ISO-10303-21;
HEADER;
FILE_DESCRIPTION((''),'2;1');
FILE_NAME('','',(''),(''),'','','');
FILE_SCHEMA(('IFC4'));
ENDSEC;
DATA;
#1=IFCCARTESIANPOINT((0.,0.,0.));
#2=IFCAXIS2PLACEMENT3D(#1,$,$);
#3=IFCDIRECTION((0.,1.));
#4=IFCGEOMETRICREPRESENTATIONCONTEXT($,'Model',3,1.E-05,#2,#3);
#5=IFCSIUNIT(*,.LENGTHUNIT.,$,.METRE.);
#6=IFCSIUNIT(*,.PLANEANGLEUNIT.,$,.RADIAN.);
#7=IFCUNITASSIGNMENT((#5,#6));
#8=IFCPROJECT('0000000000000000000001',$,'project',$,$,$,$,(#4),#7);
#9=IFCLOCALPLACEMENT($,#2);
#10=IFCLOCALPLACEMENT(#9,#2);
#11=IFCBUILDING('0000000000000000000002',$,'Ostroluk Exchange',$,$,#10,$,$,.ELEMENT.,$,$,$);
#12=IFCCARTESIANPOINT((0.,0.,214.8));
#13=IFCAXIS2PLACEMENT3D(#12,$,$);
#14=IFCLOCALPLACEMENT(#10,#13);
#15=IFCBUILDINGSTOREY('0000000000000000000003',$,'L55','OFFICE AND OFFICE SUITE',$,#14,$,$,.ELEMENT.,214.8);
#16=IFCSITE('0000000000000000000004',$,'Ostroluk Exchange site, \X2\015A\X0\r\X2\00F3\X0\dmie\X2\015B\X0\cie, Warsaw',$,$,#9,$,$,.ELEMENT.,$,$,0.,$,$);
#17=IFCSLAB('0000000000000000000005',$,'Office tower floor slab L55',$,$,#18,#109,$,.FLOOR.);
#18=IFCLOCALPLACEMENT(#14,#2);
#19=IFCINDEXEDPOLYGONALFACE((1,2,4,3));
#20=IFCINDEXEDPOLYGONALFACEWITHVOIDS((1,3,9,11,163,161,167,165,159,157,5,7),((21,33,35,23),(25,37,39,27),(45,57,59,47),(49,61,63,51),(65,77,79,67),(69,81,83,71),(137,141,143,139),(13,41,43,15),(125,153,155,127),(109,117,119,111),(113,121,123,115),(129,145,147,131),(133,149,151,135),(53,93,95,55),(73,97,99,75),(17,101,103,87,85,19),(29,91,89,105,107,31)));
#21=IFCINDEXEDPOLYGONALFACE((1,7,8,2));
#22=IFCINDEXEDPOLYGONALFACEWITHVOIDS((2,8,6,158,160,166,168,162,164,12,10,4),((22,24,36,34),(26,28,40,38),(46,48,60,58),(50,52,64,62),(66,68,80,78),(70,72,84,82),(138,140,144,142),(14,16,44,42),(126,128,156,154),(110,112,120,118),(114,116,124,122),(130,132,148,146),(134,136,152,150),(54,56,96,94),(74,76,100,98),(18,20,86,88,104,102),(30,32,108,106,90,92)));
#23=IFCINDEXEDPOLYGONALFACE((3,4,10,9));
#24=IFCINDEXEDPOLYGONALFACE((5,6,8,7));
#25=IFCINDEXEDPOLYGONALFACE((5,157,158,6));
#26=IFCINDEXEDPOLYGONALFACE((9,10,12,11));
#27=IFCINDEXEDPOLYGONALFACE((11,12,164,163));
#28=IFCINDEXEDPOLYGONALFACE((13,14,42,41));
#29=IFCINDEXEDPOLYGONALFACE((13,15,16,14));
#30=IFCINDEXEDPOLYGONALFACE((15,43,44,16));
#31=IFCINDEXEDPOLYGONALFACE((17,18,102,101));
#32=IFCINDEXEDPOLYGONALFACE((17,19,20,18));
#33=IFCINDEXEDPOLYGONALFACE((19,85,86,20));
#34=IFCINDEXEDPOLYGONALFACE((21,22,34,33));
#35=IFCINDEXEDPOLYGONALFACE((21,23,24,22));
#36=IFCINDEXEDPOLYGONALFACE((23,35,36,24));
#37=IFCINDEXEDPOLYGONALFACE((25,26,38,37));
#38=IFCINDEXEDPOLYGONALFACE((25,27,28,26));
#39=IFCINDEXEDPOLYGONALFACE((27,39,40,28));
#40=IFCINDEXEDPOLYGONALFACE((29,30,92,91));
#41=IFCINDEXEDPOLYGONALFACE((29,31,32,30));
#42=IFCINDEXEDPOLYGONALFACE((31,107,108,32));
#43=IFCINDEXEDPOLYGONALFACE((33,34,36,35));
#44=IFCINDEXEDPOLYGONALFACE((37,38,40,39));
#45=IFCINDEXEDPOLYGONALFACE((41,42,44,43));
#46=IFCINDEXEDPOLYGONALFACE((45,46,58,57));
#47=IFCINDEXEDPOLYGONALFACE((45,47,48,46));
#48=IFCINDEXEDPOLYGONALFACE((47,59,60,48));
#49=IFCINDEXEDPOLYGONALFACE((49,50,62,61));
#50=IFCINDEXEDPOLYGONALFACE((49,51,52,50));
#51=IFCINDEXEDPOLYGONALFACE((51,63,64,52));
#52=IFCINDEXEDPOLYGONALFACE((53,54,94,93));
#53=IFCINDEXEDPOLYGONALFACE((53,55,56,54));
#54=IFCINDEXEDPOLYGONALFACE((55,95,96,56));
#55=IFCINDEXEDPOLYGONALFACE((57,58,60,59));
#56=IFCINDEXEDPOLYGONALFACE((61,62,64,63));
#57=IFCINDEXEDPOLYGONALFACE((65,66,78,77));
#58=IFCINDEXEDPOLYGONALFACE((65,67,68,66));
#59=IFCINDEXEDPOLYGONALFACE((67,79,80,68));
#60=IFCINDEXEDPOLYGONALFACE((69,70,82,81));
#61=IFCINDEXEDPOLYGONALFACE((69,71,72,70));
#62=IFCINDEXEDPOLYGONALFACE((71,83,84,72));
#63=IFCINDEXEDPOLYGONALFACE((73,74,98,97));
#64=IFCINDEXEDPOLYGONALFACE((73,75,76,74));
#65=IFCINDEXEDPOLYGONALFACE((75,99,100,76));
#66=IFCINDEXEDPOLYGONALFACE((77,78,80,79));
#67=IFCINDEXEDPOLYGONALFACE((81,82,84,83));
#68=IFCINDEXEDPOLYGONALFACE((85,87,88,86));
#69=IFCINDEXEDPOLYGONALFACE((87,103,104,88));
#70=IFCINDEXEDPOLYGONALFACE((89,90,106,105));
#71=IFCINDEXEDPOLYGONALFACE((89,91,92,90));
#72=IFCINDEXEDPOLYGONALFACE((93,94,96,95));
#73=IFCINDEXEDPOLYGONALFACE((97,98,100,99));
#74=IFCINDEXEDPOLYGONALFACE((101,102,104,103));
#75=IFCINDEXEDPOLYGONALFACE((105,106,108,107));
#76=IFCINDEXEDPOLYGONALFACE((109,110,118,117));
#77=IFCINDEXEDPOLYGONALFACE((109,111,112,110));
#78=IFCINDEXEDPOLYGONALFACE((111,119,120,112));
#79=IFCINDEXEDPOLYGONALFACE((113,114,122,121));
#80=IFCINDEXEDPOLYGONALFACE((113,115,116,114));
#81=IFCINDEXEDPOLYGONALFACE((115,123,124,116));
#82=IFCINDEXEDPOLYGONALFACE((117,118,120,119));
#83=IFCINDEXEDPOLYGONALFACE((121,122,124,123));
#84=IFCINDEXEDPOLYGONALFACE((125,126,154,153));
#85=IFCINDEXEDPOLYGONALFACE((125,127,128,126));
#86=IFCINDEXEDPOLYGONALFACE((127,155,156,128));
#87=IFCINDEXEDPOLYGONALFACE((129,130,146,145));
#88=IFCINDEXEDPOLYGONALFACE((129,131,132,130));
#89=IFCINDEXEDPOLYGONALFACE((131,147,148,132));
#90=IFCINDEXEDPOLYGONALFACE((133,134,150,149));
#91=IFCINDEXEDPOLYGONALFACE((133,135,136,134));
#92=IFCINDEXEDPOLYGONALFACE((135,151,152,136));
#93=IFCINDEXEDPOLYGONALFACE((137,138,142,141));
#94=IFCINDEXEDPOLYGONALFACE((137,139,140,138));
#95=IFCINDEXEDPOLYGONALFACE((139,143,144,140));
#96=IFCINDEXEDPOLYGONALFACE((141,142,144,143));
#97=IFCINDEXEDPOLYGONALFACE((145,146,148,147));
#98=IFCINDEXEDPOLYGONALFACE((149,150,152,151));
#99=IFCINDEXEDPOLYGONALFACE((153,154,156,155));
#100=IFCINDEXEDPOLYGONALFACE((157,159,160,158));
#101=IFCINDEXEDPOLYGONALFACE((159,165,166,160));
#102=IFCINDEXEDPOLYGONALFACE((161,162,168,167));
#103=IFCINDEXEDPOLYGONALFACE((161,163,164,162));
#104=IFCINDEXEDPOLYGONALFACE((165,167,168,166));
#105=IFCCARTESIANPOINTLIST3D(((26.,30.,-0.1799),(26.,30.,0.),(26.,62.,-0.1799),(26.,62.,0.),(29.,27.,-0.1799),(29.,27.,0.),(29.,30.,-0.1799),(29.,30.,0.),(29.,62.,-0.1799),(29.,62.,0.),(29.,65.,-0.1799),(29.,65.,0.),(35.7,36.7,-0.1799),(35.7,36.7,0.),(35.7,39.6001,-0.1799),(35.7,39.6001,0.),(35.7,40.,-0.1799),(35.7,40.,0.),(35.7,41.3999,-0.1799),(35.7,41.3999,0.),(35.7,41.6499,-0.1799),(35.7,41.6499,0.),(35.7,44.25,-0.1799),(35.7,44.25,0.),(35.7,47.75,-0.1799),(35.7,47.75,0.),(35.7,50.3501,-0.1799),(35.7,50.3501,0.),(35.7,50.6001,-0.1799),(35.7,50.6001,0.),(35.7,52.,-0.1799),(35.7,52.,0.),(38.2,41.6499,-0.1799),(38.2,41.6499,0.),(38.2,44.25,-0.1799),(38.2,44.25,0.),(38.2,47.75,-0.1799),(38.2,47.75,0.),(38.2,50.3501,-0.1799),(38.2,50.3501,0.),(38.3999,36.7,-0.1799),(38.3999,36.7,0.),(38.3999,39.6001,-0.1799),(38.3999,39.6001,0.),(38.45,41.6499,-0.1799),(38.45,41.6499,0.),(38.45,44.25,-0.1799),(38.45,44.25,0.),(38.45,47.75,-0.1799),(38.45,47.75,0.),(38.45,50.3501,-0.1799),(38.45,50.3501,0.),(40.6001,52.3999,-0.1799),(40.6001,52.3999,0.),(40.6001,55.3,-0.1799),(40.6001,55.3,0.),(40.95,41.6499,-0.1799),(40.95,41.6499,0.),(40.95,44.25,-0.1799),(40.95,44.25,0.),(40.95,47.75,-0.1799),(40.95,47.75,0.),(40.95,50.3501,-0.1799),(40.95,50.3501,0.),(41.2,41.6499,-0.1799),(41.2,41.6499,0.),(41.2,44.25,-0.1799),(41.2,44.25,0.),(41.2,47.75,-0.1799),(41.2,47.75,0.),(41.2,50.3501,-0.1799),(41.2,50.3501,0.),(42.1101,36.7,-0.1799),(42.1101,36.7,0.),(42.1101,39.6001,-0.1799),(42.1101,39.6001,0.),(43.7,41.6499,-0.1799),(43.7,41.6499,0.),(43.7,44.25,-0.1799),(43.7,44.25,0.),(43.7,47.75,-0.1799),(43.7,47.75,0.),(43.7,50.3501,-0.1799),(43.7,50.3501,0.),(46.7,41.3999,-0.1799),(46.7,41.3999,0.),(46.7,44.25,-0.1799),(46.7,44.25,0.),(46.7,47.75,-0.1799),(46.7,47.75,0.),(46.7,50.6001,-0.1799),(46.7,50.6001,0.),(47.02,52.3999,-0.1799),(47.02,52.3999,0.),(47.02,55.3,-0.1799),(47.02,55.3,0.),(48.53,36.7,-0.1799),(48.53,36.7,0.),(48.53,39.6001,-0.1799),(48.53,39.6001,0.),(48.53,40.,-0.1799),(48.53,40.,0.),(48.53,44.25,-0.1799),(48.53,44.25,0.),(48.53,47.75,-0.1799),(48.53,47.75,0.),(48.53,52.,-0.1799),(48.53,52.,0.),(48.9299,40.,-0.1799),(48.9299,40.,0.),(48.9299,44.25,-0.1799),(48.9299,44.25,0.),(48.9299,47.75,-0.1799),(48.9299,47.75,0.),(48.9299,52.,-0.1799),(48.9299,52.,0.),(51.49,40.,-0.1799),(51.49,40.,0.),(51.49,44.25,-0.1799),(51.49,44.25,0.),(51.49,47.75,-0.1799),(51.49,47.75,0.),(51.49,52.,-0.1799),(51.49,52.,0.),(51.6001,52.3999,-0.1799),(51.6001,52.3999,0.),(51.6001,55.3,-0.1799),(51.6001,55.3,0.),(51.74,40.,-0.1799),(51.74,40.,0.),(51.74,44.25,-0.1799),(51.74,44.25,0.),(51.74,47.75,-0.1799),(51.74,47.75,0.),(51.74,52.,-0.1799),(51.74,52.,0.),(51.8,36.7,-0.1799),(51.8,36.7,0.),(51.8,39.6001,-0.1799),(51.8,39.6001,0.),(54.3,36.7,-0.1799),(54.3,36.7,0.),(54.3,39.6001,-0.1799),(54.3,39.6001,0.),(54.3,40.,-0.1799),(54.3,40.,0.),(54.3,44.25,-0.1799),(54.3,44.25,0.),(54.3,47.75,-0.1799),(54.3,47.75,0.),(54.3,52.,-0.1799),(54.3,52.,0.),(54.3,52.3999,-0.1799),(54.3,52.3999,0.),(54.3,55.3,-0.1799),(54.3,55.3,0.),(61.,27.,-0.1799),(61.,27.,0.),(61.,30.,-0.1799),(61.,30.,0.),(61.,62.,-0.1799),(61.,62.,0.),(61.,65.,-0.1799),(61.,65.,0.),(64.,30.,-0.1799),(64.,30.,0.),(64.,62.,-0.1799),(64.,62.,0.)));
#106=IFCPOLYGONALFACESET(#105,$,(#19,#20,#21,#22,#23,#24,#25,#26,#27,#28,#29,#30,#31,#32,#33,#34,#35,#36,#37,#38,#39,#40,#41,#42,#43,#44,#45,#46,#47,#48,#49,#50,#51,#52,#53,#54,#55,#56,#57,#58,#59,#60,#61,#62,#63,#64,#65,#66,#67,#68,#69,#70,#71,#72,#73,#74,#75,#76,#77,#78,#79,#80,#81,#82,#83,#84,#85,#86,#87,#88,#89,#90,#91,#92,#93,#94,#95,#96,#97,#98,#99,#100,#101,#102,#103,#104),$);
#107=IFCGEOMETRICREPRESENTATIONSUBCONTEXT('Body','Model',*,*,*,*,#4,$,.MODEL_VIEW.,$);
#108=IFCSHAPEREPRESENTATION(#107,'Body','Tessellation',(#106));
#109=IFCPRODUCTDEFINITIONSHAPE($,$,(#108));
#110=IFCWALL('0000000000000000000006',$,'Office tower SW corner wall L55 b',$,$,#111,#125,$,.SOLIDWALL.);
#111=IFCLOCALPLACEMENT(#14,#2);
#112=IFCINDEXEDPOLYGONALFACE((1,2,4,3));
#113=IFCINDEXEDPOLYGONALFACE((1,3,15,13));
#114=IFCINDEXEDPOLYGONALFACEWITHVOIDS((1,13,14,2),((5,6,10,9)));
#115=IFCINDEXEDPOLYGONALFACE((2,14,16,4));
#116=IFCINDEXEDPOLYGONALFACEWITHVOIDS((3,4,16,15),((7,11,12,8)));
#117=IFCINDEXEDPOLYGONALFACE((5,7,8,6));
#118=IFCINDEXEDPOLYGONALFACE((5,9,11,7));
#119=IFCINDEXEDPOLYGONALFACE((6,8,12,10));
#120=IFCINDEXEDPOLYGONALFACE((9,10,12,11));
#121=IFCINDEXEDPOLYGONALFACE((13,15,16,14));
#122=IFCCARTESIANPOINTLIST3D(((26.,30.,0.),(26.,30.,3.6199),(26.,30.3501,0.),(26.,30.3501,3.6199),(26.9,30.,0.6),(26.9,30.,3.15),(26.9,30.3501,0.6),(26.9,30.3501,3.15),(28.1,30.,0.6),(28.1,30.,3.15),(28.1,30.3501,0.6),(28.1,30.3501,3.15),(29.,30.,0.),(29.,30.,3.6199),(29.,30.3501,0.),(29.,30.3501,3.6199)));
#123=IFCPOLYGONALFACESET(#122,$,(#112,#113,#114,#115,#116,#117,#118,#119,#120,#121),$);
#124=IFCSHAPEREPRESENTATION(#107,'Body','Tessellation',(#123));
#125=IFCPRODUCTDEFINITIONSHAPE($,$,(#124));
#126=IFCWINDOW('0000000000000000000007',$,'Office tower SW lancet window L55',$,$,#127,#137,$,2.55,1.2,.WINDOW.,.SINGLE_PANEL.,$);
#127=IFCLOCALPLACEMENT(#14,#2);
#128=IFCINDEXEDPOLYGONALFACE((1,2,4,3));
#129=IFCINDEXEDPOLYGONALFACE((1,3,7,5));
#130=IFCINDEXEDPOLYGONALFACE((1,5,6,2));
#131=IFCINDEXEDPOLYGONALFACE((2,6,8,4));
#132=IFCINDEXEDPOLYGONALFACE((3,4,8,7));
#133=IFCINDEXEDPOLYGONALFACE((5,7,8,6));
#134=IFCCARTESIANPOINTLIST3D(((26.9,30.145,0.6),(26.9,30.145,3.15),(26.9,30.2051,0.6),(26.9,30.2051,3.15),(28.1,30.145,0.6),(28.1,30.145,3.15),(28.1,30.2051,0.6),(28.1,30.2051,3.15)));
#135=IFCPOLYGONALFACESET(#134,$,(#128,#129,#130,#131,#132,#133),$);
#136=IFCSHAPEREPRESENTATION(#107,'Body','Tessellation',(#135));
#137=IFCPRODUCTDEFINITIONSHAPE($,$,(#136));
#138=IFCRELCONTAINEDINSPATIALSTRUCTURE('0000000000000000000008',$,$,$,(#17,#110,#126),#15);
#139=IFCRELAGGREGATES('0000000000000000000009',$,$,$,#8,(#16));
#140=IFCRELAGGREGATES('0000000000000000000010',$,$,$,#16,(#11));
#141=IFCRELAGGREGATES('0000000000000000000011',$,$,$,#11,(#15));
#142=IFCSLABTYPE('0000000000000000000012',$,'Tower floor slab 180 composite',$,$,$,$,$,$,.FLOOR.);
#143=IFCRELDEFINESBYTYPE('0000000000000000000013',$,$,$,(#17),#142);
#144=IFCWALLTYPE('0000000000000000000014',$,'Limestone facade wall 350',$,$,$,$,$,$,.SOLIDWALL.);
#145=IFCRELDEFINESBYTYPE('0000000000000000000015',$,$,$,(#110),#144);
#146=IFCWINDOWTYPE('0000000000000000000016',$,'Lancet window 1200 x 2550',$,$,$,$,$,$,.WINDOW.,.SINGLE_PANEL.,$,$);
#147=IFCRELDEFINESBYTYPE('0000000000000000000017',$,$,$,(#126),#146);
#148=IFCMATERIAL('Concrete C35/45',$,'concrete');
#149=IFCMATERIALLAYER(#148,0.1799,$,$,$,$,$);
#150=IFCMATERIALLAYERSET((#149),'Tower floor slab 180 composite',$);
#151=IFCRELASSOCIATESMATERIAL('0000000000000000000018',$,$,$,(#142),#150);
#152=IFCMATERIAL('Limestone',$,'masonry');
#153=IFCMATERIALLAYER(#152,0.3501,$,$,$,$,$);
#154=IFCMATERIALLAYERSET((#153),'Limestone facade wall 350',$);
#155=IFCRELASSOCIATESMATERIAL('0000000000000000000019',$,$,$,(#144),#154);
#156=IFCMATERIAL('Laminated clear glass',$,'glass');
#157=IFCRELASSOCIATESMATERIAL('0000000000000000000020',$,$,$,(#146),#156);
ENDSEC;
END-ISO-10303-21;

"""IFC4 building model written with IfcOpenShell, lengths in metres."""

from ifc_helpers import new_model, si_unit, direction, frame, frame_2d, origin, place, context, subcontext, project, spatial, polyline, rectangle, outline, extrude, material, layer, layer_set, type_object, element, fill, save


model = new_model("IFC4")

# Units and contexts
model_context = context("Model", 3, precision=1e-05, world=origin(), true_north=direction((0.0, 1.0)))
body_context = subcontext(model_context, "Body", "Model", "MODEL_VIEW")
ifc_project = project(units=[si_unit("LENGTHUNIT", "METRE"), si_unit("PLANEANGLEUNIT", "RADIAN")], contexts=[model_context])

# Site, building, storey
site_placement = place(None, origin())
site = spatial("IfcSite", under=ifc_project, at=site_placement, Name="Ostroluk Exchange site, Śródmieście, Warsaw", CompositionType="ELEMENT", RefElevation=0.0)
building_placement = place(site_placement, origin())
building = spatial("IfcBuilding", under=site, at=building_placement, Name="Ostroluk Exchange", CompositionType="ELEMENT")
storey_placement = place(building_placement, frame((0.0, 0.0, 214.8)))
storey = spatial("IfcBuildingStorey", under=building, at=storey_placement, Name="L55", Description="OFFICE AND OFFICE SUITE", CompositionType="ELEMENT", Elevation=214.8)

# Slab
ifc_material_1 = material(Name="Concrete C35/45", Category="concrete")
ifc_layer_1 = layer(ifc_material_1, 0.1799)
ifc_layer_set_1 = layer_set([ifc_layer_1], Name="Tower floor slab 180 composite")
slab_type_1 = type_object("IfcSlabType", Name="Tower floor slab 180 composite", PredefinedType="FLOOR", material=ifc_layer_set_1)
slab_1_placement = place(storey_placement, frame((0.0, 0.0, -0.1799)))
element("IfcSlab", 1, at=slab_1_placement, inside=storey, type_object=slab_type_1, Name="Office tower floor slab L55", PredefinedType="FLOOR", context=body_context, shape_type="SweptSolid", body=[
    extrude(outline(polyline([(29.0, 27.0), (61.0, 27.0), (61.0, 30.0), (64.0, 30.0), (64.0, 62.0), (61.0, 62.0), (61.0, 65.0), (29.0, 65.0), (29.0, 62.0), (26.0, 62.0), (26.0, 30.0), (29.0, 30.0), (29.0, 27.0)]), holes=[polyline([(35.7, 36.7), (38.3999, 36.7), (38.3999, 39.6001), (35.7, 39.6001), (35.7, 36.7)]), polyline([(42.1101, 36.7), (48.53, 36.7), (48.53, 39.6001), (42.1101, 39.6001), (42.1101, 36.7)]), polyline([(51.8, 36.7), (54.3, 36.7), (54.3, 39.6001), (51.8, 39.6001), (51.8, 36.7)]), polyline([(40.6001, 52.3999), (47.02, 52.3999), (47.02, 55.3), (40.6001, 55.3), (40.6001, 52.3999)]), polyline([(51.6001, 52.3999), (54.3, 52.3999), (54.3, 55.3), (51.6001, 55.3), (51.6001, 52.3999)]), polyline([(35.7, 47.75), (38.2, 47.75), (38.2, 50.3501), (35.7, 50.3501), (35.7, 47.75)]), polyline([(38.45, 47.75), (40.95, 47.75), (40.95, 50.3501), (38.45, 50.3501), (38.45, 47.75)]), polyline([(41.2, 47.75), (43.7, 47.75), (43.7, 50.3501), (41.2, 50.3501), (41.2, 47.75)]), polyline([(35.7, 41.6499), (38.2, 41.6499), (38.2, 44.25), (35.7, 44.25), (35.7, 41.6499)]), polyline([(38.45, 41.6499), (40.95, 41.6499), (40.95, 44.25), (38.45, 44.25), (38.45, 41.6499)]), polyline([(41.2, 41.6499), (43.7, 41.6499), (43.7, 44.25), (41.2, 44.25), (41.2, 41.6499)]), polyline([(48.9299, 47.75), (51.49, 47.75), (51.49, 52.0), (48.9299, 52.0), (48.9299, 47.75)]), polyline([(51.74, 47.75), (54.3, 47.75), (54.3, 52.0), (51.74, 52.0), (51.74, 47.75)]), polyline([(48.9299, 40.0), (51.49, 40.0), (51.49, 44.25), (48.9299, 44.25), (48.9299, 40.0)]), polyline([(51.74, 40.0), (54.3, 40.0), (54.3, 44.25), (51.74, 44.25), (51.74, 40.0)]), polyline([(48.53, 52.0), (48.53, 47.75), (46.7, 47.75), (46.7, 50.6001), (35.7, 50.6001), (35.7, 52.0), (48.53, 52.0)]), polyline([(35.7, 40.0), (35.7, 41.3999), (46.7, 41.3999), (46.7, 44.25), (48.53, 44.25), (48.53, 40.0), (35.7, 40.0)])]), origin(), (0.0, 0.0, 1.0), 0.1799),
])

# Shared definitions
ifc_material_2 = material(Name="Limestone", Category="masonry")
ifc_layer_2 = layer(ifc_material_2, 0.3501)
ifc_layer_set_2 = layer_set([ifc_layer_2], Name="Limestone facade wall 350")
wall_type = type_object("IfcWallType", Name="Limestone facade wall 350", PredefinedType="SOLIDWALL", material=ifc_layer_set_2)

# Wall, opening, window
wall_1_placement = place(storey_placement, frame((29.0, 30.175, 0.0), z_axis=(0.0, 0.0, 1.0), x_axis=(-1.0, 0.0, 0.0)))
wall_1 = element("IfcWall", 2, at=wall_1_placement, inside=storey, type_object=wall_type, Name="Office tower SW corner wall L55 b", PredefinedType="SOLIDWALL", context=body_context, shape_type="SweptSolid", body=[
    extrude(rectangle(XDim=3.0, YDim=0.3501, at=frame_2d((1.5, 0.0))), origin(), (0.0, 0.0, 1.0), 3.6199),
])
opening_1_placement = place(wall_1_placement, frame((0.8999, 0.0, 0.6001)))
opening_1 = element("IfcOpeningElement", 3, at=opening_1_placement, cuts=wall_1, PredefinedType="OPENING", context=body_context, shape_type="SweptSolid", body=[
    extrude(rectangle(XDim=1.2, YDim=2.55, at=frame_2d((0.6001, 1.2749))), frame((0.0, 0.1851, 0.0), z_axis=(0.0, -1.0, 0.0), x_axis=(1.0, 0.0, 0.0)), (0.0, 0.0, 1.0), 0.3701),
])
ifc_material_3 = material(Name="Laminated clear glass", Category="glass")
window_type = type_object("IfcWindowType", Name="Lancet window 1200 x 2550", PartitioningType="SINGLE_PANEL", PredefinedType="WINDOW", material=ifc_material_3)
window_placement = place(opening_1_placement, origin())
window = element("IfcWindow", 4, at=window_placement, inside=storey, type_object=window_type, Name="Office tower SW lancet window L55", OverallHeight=2.55, OverallWidth=1.2, PartitioningType="SINGLE_PANEL", PredefinedType="WINDOW", context=body_context, shape_type="SweptSolid", body=[
    extrude(rectangle(XDim=1.2, YDim=2.55, at=frame_2d((0.6001, 1.2749))), frame((0.0, 0.03, 0.0), z_axis=(0.0, -1.0, 0.0), x_axis=(1.0, 0.0, 0.0)), (0.0, 0.0, 1.0), 0.0601),
])
fill(opening_1, window)

save(model, "model.ifc")
